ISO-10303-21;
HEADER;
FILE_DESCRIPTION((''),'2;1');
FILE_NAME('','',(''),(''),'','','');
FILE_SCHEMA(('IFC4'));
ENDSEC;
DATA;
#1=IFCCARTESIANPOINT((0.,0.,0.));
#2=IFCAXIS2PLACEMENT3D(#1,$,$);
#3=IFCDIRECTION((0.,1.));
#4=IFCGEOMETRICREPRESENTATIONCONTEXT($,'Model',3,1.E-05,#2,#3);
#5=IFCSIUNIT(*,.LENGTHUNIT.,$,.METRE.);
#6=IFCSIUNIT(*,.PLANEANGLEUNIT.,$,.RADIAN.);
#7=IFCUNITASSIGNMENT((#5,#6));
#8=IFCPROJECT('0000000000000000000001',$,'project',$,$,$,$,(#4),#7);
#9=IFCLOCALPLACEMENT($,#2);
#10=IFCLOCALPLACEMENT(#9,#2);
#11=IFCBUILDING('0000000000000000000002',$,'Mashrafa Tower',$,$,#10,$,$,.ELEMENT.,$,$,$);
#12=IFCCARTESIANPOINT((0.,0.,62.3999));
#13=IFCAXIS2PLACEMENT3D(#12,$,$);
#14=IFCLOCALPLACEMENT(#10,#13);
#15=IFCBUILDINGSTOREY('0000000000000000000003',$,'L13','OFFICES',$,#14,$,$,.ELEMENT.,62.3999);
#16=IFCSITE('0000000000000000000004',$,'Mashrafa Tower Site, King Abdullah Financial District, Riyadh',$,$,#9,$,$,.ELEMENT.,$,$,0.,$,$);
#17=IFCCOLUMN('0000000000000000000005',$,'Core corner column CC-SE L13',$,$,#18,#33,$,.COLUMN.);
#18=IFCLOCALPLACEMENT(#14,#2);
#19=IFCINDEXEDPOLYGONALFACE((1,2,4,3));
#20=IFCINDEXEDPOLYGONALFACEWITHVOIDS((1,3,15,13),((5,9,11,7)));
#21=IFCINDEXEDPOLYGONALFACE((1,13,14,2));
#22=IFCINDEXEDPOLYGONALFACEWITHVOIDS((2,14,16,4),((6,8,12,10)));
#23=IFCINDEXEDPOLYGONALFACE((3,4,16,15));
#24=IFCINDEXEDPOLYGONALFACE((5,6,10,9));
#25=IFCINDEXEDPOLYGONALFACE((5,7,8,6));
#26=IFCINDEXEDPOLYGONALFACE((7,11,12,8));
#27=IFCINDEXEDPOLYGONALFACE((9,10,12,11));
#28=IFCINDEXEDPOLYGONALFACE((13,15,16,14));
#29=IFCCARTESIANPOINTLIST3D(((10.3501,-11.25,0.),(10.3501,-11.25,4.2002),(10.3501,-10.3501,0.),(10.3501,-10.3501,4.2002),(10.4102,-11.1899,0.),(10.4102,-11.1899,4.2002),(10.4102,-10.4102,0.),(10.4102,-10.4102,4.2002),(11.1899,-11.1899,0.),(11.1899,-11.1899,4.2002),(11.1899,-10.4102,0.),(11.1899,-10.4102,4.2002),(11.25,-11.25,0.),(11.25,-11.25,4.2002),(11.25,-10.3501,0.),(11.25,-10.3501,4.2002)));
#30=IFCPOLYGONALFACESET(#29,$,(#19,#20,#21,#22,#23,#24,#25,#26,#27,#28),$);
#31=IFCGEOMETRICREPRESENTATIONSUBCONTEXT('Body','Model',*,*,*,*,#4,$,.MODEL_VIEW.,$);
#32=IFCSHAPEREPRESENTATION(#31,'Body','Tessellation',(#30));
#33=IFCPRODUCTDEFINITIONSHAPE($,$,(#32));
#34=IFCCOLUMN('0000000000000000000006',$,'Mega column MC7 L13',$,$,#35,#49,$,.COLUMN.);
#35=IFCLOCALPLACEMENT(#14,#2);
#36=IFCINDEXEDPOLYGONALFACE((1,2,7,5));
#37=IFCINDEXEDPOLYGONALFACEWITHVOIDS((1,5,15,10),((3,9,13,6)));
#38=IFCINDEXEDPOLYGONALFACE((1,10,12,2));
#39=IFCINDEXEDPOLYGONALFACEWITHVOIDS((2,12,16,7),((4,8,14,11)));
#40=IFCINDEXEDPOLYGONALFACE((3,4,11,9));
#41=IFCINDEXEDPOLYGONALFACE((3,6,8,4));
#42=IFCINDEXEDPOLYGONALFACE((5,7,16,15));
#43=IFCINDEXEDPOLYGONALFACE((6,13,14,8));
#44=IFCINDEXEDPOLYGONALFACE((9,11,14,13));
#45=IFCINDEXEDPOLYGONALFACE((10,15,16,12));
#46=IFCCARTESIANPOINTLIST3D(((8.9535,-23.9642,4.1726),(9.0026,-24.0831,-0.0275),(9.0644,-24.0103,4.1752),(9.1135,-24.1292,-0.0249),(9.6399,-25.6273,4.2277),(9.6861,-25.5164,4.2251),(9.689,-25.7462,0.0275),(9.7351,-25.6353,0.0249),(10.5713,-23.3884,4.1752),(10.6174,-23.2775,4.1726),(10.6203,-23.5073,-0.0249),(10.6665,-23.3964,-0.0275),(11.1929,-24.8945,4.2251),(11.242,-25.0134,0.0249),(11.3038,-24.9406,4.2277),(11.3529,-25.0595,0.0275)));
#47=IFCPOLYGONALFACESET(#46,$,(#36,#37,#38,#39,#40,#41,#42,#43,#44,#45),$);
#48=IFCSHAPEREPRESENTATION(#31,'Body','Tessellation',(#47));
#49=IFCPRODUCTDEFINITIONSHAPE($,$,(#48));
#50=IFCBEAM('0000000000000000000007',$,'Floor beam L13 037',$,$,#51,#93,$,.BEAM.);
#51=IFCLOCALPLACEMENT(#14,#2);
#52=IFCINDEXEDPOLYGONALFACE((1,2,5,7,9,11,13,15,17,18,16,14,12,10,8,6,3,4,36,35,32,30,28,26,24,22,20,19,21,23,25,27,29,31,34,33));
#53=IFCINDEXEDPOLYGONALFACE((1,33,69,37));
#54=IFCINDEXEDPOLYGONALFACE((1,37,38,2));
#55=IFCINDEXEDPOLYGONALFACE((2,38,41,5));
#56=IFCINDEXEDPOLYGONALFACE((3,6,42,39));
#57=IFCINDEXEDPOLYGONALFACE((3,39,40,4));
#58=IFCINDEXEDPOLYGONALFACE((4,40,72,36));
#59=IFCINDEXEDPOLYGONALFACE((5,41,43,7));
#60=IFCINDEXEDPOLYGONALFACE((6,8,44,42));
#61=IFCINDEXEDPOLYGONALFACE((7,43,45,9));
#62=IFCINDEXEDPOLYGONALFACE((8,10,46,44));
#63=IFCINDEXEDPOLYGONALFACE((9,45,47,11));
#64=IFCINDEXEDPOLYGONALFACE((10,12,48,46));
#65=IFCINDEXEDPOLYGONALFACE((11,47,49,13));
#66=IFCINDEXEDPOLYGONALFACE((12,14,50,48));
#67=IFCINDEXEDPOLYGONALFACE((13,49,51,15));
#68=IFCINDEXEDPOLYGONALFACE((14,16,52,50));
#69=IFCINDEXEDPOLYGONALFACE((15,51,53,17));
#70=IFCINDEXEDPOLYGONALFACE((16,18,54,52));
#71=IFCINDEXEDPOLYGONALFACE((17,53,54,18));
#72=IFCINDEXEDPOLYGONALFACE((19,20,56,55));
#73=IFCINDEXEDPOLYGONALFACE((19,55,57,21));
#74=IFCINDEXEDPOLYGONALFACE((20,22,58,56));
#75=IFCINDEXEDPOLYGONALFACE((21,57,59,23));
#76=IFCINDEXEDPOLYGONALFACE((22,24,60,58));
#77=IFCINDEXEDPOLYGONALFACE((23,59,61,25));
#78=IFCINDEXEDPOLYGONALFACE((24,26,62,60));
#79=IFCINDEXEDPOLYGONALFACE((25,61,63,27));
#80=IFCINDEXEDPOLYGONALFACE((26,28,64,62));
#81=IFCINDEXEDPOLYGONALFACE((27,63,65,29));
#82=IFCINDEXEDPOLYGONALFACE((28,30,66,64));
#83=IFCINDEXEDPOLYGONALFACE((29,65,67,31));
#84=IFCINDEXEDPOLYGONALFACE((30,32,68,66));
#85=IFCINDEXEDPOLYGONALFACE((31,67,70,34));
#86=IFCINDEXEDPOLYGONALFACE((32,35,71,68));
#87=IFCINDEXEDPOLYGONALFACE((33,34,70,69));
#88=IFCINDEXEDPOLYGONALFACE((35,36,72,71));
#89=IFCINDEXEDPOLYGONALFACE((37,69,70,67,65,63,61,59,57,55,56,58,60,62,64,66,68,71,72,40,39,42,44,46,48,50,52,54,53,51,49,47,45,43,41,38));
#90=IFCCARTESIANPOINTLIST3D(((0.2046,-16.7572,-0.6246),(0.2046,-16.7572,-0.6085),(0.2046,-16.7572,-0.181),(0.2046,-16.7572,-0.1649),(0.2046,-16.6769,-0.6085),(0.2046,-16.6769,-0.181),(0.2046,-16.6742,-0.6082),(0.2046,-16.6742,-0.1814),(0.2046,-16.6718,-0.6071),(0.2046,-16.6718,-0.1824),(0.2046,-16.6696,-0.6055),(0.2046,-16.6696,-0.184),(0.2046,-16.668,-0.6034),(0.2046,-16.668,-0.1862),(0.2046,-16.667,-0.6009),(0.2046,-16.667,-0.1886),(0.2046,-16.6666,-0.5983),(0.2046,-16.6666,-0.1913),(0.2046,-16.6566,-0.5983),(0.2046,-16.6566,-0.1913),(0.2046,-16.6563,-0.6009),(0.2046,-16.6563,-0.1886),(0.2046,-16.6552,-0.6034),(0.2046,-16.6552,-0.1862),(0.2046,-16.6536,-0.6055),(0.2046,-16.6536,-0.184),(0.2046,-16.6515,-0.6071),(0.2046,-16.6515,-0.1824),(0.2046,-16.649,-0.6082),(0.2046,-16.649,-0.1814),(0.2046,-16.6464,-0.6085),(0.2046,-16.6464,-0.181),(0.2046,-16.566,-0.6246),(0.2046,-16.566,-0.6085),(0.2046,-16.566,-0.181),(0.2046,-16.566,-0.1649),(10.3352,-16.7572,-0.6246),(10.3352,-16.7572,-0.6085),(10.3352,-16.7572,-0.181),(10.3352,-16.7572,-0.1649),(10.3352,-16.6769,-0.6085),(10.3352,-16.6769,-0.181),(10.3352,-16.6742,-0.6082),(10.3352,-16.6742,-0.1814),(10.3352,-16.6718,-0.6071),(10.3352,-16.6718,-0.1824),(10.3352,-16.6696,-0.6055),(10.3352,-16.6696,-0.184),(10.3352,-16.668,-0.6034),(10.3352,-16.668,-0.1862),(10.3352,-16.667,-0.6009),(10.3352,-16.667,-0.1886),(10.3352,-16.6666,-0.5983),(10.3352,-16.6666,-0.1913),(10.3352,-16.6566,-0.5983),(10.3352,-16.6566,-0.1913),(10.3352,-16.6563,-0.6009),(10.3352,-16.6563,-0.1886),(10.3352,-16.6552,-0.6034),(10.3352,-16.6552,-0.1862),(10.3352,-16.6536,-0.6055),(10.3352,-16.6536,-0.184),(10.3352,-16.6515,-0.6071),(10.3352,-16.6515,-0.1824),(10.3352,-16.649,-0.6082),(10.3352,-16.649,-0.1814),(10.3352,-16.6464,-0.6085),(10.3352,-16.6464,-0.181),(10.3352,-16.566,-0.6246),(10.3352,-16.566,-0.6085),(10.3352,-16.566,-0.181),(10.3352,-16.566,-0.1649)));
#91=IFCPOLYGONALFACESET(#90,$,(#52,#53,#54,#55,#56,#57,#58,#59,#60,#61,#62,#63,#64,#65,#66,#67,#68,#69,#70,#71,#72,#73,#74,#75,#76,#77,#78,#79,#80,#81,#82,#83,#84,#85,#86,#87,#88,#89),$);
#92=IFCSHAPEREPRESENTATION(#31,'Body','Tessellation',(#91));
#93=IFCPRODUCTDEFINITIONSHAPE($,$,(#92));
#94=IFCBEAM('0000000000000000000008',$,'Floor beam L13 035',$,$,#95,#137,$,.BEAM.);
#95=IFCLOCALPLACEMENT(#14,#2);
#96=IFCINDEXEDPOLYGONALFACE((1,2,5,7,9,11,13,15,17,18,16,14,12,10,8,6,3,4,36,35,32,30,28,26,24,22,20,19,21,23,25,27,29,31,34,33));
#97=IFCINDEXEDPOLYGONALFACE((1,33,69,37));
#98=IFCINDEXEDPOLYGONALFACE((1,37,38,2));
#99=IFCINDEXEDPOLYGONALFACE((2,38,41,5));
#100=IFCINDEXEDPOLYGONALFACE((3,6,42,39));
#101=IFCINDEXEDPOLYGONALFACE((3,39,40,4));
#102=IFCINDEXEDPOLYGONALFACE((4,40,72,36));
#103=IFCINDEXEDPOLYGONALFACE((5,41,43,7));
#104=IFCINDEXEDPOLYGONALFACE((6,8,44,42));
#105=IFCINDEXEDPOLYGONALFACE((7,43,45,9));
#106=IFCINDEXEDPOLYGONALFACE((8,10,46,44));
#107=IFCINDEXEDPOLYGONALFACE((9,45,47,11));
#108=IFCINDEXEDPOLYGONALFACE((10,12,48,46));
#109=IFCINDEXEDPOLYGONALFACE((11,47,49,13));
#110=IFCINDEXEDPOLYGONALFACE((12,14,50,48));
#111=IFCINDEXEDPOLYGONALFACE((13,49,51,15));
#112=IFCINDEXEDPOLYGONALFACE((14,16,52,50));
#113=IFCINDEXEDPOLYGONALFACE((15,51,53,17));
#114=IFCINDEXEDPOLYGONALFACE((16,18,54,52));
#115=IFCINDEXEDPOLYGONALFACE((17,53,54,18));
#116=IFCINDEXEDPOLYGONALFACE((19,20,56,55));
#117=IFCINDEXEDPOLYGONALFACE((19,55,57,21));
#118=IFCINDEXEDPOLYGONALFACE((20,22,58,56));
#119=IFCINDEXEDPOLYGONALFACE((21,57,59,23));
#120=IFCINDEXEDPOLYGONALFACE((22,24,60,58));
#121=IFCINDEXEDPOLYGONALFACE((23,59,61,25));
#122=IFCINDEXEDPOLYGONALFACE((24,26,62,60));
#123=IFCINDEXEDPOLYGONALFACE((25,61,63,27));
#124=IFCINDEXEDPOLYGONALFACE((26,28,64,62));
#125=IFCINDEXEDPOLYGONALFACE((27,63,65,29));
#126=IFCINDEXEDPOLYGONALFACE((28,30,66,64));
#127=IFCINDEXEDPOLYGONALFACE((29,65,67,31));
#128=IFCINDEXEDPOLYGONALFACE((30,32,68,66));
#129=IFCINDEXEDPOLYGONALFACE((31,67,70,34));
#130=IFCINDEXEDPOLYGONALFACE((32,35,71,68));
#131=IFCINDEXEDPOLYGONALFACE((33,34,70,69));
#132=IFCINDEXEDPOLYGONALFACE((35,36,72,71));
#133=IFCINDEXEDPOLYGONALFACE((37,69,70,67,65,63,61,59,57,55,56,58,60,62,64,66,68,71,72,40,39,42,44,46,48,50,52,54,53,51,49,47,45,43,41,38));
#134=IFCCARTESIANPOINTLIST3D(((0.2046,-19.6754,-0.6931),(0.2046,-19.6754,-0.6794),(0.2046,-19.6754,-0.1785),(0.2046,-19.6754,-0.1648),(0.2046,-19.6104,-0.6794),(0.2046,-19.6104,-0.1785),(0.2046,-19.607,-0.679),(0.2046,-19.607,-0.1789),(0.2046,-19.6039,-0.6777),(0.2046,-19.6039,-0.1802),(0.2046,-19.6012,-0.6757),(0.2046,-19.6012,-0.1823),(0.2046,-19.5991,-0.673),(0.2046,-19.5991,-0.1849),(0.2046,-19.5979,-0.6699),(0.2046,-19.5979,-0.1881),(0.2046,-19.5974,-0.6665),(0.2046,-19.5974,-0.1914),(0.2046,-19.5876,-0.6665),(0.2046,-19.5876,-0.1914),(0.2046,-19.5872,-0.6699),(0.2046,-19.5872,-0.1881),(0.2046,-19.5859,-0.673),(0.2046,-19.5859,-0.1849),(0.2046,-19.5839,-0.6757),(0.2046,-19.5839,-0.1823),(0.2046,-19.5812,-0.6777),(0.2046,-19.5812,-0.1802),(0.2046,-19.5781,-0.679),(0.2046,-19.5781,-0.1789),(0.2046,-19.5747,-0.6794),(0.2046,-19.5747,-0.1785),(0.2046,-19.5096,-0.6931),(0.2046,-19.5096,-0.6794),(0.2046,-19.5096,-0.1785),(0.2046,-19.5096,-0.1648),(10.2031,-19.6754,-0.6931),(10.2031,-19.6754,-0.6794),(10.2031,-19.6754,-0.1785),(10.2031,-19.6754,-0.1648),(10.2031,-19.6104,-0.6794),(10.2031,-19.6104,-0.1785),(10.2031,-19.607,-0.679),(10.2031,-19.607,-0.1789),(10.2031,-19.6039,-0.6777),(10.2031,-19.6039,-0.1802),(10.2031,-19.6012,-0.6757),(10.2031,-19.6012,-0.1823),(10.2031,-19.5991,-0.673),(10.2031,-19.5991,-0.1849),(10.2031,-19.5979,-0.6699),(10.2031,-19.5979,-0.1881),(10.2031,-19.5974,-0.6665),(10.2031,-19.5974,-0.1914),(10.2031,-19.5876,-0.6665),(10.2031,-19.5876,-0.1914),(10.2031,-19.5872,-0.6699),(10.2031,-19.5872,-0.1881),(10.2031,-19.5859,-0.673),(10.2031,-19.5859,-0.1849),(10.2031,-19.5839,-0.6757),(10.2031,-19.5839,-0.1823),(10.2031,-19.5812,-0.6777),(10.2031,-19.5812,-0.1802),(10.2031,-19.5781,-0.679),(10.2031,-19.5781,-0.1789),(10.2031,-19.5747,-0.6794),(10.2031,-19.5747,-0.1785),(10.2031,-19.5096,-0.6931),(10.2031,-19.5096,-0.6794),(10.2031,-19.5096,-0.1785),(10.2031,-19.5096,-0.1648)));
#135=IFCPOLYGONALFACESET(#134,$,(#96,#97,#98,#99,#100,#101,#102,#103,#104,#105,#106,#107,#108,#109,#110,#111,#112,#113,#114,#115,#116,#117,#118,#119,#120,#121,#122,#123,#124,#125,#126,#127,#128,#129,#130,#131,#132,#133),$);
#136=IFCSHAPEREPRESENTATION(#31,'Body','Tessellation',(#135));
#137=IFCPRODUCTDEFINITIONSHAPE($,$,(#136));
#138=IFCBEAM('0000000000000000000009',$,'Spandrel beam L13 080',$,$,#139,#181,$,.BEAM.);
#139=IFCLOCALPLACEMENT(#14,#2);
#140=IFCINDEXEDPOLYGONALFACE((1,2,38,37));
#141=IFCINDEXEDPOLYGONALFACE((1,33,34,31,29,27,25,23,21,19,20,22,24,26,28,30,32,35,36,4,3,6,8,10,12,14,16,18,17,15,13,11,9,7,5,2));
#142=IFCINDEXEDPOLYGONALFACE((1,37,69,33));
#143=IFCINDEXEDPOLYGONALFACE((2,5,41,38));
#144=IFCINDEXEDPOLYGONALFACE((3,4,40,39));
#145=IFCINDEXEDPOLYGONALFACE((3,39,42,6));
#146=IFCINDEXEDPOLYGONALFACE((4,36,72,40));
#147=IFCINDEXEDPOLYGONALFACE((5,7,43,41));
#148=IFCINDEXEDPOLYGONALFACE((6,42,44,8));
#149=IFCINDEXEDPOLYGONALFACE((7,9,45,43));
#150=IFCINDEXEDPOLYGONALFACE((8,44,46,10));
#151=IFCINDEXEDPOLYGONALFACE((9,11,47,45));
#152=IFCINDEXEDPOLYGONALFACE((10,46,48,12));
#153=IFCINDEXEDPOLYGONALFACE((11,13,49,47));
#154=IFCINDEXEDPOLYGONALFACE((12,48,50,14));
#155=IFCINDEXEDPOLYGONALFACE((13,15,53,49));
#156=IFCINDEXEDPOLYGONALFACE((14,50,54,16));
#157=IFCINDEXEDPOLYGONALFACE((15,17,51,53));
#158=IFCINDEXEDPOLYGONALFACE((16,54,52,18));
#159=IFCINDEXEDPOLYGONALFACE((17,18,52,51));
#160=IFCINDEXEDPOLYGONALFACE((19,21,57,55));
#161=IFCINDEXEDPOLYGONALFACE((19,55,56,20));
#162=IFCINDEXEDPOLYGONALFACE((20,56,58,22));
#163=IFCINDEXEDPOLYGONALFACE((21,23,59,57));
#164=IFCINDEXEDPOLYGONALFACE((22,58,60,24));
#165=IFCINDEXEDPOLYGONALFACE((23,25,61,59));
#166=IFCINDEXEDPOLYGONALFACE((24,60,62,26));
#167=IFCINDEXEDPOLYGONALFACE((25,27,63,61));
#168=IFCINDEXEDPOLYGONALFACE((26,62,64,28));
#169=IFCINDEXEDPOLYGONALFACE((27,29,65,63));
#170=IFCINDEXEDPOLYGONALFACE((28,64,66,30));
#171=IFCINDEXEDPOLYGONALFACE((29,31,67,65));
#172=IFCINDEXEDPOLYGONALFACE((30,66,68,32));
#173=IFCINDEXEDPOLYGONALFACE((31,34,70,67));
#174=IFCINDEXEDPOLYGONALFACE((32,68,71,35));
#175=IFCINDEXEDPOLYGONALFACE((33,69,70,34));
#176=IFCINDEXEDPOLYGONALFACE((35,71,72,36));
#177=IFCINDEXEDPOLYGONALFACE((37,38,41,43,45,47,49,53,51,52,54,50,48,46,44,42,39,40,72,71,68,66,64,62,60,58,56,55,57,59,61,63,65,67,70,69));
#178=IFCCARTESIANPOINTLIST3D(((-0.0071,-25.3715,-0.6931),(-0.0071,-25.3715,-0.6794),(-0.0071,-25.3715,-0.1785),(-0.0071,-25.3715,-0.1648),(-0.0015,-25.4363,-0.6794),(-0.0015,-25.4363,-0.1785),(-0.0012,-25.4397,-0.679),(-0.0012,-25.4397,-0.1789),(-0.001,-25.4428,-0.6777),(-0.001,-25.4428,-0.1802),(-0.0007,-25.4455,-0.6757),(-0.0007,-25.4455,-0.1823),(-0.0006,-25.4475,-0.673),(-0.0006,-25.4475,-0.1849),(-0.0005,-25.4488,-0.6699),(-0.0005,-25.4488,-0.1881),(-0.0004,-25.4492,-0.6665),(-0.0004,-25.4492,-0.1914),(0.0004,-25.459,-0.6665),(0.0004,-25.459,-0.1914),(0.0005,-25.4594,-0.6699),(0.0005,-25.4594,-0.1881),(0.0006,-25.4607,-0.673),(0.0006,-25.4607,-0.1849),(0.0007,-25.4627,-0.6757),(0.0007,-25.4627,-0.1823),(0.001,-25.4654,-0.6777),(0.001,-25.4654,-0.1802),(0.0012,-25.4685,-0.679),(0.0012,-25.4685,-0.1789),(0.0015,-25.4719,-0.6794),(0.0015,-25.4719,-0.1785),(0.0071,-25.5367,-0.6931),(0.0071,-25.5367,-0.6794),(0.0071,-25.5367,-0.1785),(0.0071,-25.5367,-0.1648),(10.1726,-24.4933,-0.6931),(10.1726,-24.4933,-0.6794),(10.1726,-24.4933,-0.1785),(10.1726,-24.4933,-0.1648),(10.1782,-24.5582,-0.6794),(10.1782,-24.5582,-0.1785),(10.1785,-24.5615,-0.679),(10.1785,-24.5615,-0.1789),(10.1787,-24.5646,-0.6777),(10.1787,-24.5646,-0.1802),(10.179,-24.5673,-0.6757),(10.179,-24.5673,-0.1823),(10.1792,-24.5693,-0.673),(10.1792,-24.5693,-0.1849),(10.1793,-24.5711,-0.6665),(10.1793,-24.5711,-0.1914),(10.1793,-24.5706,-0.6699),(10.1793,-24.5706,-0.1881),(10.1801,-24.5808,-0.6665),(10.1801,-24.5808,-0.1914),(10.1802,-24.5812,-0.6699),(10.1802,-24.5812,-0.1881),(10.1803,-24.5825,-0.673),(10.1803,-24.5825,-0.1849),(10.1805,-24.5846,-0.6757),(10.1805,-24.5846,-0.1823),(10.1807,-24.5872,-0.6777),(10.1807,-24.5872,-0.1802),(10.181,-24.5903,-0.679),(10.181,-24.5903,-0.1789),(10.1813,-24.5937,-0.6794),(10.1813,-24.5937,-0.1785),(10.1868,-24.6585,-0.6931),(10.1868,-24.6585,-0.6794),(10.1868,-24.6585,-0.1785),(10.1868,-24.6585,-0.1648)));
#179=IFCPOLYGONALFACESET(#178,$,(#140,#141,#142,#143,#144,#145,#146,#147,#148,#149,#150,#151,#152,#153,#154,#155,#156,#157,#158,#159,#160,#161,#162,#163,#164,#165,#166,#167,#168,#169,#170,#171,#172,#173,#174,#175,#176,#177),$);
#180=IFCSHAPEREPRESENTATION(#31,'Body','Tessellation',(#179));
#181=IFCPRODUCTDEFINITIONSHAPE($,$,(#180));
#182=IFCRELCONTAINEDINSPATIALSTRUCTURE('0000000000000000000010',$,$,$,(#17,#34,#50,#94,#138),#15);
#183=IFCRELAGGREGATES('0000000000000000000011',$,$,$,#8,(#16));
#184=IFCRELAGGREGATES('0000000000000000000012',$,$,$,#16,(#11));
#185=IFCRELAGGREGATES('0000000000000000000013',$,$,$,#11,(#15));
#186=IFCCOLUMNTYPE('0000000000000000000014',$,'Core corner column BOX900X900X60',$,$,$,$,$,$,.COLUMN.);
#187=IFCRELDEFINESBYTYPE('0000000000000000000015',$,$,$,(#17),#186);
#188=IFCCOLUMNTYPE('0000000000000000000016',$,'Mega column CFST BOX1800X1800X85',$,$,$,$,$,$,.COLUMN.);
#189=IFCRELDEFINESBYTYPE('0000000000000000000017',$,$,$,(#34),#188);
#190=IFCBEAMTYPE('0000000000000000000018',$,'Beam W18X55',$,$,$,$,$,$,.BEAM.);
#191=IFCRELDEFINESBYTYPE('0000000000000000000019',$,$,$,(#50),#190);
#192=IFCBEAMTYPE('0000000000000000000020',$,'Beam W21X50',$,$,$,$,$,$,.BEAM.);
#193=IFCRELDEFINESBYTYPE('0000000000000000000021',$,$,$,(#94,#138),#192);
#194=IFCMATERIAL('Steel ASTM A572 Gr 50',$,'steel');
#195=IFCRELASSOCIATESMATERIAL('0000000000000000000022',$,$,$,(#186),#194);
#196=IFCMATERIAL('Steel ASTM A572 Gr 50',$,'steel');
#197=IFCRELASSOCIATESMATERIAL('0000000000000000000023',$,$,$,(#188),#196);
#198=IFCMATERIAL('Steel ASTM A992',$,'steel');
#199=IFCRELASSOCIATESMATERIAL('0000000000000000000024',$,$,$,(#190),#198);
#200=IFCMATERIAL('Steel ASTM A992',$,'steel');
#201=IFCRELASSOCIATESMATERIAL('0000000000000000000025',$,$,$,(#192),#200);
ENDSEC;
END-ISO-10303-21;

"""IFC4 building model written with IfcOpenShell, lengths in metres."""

from ifc_helpers import new_model, si_unit, direction, frame, origin, origin_2d, place, context, subcontext, project, spatial, hollow_rectangle, i_section, extrude, material, material_profile, profile_set, type_object, element, save


model = new_model("IFC4")

# Units and contexts
model_context = context("Model", 3, precision=1e-05, world=origin(), true_north=direction((0.0, 1.0)))
body_context = subcontext(model_context, "Body", "Model", "MODEL_VIEW")
ifc_project = project(units=[si_unit("LENGTHUNIT", "METRE"), si_unit("PLANEANGLEUNIT", "RADIAN")], contexts=[model_context])

# Site, building, storey
site_placement = place(None, origin())
site = spatial("IfcSite", under=ifc_project, at=site_placement, Name="Mashrafa Tower Site, King Abdullah Financial District, Riyadh", CompositionType="ELEMENT", RefElevation=0.0)
building_placement = place(site_placement, origin())
building = spatial("IfcBuilding", under=site, at=building_placement, Name="Mashrafa Tower", CompositionType="ELEMENT")
storey_placement = place(building_placement, frame((0.0, 0.0, 62.3999)))
storey = spatial("IfcBuildingStorey", under=building, at=storey_placement, Name="L13", Description="OFFICES", CompositionType="ELEMENT", Elevation=62.3999)

# Columns
ifc_material_1 = material(Name="Steel ASTM A572 Gr 50", Category="steel")
ifc_material_profile_1 = material_profile(ifc_material_1, hollow_rectangle(XDim=0.8999, YDim=0.8999, WallThickness=0.0601, at=origin_2d()), Name="BOX900X900X60")
ifc_profile_set_1 = profile_set([ifc_material_profile_1], Name="Steel ASTM A572 Gr 50")
column_type_1 = type_object("IfcColumnType", Name="Core corner column BOX900X900X60", PredefinedType="COLUMN", material=ifc_profile_set_1)
column_1_placement = place(storey_placement, frame((10.8, -10.8, 0.0), z_axis=(0.0, 0.0, 1.0), x_axis=(1.0, 0.0, 0.0)))
element("IfcColumn", 1, at=column_1_placement, inside=storey, type_object=column_type_1, Name="Core corner column CC-SE L13", PredefinedType="COLUMN", context=body_context, shape_type="SweptSolid", body=[
    extrude(hollow_rectangle(XDim=0.8999, YDim=0.8999, WallThickness=0.0601, at=origin_2d()), origin(), (0.0, 0.0, 1.0), 4.2002),
])
ifc_material_2 = material(Name="Steel ASTM A572 Gr 50", Category="steel")
ifc_material_profile_2 = material_profile(ifc_material_2, hollow_rectangle(XDim=1.8, YDim=1.8, WallThickness=0.085, at=origin_2d()), Name="BOX1800X1800X85")
ifc_profile_set_2 = profile_set([ifc_material_profile_2], Name="Steel ASTM A572 Gr 50")
column_type_2 = type_object("IfcColumnType", Name="Mega column CFST BOX1800X1800X85", PredefinedType="COLUMN", material=ifc_profile_set_2)
column_2_placement = place(storey_placement, frame((10.1777, -24.5713, 0.0), z_axis=(-0.011678, 0.028294, 0.999531), x_axis=(-0.924363, -0.381513, 0.0)))
element("IfcColumn", 2, at=column_2_placement, inside=storey, type_object=column_type_2, Name="Mega column MC7 L13", PredefinedType="COLUMN", context=body_context, shape_type="SweptSolid", body=[
    extrude(hollow_rectangle(XDim=1.8, YDim=1.8, WallThickness=0.085, at=origin_2d()), origin(), (0.0, 0.0, 1.0), 4.2021),
])

# Beams
ifc_material_3 = material(Name="Steel ASTM A992", Category="steel")
ifc_material_profile_3 = material_profile(ifc_material_3, i_section(OverallWidth=0.1912, OverallDepth=0.4597, WebThickness=0.01, FlangeThickness=0.0161, FilletRadius=0.0103, at=origin_2d()), Name="W18X55")
ifc_profile_set_3 = profile_set([ifc_material_profile_3], Name="Steel ASTM A992")
beam_type_1 = type_object("IfcBeamType", Name="Beam W18X55", PredefinedType="BEAM", material=ifc_profile_set_3)
beam_1_placement = place(storey_placement, frame((10.3352, -16.6616, -0.3948), z_axis=(-1.0, 0.0, 0.0), x_axis=(0.0, -1.0, 0.0)))
element("IfcBeam", 3, at=beam_1_placement, inside=storey, type_object=beam_type_1, Name="Floor beam L13 037", PredefinedType="BEAM", context=body_context, shape_type="SweptSolid", body=[
    extrude(i_section(OverallWidth=0.1912, OverallDepth=0.4597, WebThickness=0.01, FlangeThickness=0.0161, FilletRadius=0.0103, at=origin_2d()), origin(), (0.0, 0.0, 1.0), 10.1306),
])
ifc_material_4 = material(Name="Steel ASTM A992", Category="steel")
ifc_material_profile_4 = material_profile(ifc_material_4, i_section(OverallWidth=0.1658, OverallDepth=0.5283, WebThickness=0.0098, FlangeThickness=0.0137, FilletRadius=0.0129, at=origin_2d()), Name="W21X50")
ifc_profile_set_4 = profile_set([ifc_material_profile_4], Name="Steel ASTM A992")
beam_type_2 = type_object("IfcBeamType", Name="Beam W21X50", PredefinedType="BEAM", material=ifc_profile_set_4)
beam_2_placement = place(storey_placement, frame((10.2031, -19.5925, -0.429), z_axis=(-1.0, 0.0, 0.0), x_axis=(0.0, -1.0, 0.0)))
element("IfcBeam", 4, at=beam_2_placement, inside=storey, type_object=beam_type_2, Name="Floor beam L13 035", PredefinedType="BEAM", context=body_context, shape_type="SweptSolid", body=[
    extrude(i_section(OverallWidth=0.1658, OverallDepth=0.5283, WebThickness=0.0098, FlangeThickness=0.0137, FilletRadius=0.0129, at=origin_2d()), origin(), (0.0, 0.0, 1.0), 9.9985),
])
for number, where, z_axis, x_axis, name in (
    (5, (0.0, -25.4541, -0.429), (0.9963, 0.085948, 0.0), (-0.085948, 0.9963, 0.0), "Spandrel beam L13 080"),
):
    element("IfcBeam", number, at=place(storey_placement, frame(where, z_axis=z_axis, x_axis=x_axis)), inside=storey, type_object=beam_type_2, Name=name, PredefinedType="BEAM", context=body_context, shape_type="SweptSolid", body=[
        extrude(i_section(OverallWidth=0.1658, OverallDepth=0.5283, WebThickness=0.0098, FlangeThickness=0.0137, FilletRadius=0.0129, at=origin_2d()), origin(), (0.0, 0.0, 1.0), 10.2175),
    ])

save(model, "model.ifc")
